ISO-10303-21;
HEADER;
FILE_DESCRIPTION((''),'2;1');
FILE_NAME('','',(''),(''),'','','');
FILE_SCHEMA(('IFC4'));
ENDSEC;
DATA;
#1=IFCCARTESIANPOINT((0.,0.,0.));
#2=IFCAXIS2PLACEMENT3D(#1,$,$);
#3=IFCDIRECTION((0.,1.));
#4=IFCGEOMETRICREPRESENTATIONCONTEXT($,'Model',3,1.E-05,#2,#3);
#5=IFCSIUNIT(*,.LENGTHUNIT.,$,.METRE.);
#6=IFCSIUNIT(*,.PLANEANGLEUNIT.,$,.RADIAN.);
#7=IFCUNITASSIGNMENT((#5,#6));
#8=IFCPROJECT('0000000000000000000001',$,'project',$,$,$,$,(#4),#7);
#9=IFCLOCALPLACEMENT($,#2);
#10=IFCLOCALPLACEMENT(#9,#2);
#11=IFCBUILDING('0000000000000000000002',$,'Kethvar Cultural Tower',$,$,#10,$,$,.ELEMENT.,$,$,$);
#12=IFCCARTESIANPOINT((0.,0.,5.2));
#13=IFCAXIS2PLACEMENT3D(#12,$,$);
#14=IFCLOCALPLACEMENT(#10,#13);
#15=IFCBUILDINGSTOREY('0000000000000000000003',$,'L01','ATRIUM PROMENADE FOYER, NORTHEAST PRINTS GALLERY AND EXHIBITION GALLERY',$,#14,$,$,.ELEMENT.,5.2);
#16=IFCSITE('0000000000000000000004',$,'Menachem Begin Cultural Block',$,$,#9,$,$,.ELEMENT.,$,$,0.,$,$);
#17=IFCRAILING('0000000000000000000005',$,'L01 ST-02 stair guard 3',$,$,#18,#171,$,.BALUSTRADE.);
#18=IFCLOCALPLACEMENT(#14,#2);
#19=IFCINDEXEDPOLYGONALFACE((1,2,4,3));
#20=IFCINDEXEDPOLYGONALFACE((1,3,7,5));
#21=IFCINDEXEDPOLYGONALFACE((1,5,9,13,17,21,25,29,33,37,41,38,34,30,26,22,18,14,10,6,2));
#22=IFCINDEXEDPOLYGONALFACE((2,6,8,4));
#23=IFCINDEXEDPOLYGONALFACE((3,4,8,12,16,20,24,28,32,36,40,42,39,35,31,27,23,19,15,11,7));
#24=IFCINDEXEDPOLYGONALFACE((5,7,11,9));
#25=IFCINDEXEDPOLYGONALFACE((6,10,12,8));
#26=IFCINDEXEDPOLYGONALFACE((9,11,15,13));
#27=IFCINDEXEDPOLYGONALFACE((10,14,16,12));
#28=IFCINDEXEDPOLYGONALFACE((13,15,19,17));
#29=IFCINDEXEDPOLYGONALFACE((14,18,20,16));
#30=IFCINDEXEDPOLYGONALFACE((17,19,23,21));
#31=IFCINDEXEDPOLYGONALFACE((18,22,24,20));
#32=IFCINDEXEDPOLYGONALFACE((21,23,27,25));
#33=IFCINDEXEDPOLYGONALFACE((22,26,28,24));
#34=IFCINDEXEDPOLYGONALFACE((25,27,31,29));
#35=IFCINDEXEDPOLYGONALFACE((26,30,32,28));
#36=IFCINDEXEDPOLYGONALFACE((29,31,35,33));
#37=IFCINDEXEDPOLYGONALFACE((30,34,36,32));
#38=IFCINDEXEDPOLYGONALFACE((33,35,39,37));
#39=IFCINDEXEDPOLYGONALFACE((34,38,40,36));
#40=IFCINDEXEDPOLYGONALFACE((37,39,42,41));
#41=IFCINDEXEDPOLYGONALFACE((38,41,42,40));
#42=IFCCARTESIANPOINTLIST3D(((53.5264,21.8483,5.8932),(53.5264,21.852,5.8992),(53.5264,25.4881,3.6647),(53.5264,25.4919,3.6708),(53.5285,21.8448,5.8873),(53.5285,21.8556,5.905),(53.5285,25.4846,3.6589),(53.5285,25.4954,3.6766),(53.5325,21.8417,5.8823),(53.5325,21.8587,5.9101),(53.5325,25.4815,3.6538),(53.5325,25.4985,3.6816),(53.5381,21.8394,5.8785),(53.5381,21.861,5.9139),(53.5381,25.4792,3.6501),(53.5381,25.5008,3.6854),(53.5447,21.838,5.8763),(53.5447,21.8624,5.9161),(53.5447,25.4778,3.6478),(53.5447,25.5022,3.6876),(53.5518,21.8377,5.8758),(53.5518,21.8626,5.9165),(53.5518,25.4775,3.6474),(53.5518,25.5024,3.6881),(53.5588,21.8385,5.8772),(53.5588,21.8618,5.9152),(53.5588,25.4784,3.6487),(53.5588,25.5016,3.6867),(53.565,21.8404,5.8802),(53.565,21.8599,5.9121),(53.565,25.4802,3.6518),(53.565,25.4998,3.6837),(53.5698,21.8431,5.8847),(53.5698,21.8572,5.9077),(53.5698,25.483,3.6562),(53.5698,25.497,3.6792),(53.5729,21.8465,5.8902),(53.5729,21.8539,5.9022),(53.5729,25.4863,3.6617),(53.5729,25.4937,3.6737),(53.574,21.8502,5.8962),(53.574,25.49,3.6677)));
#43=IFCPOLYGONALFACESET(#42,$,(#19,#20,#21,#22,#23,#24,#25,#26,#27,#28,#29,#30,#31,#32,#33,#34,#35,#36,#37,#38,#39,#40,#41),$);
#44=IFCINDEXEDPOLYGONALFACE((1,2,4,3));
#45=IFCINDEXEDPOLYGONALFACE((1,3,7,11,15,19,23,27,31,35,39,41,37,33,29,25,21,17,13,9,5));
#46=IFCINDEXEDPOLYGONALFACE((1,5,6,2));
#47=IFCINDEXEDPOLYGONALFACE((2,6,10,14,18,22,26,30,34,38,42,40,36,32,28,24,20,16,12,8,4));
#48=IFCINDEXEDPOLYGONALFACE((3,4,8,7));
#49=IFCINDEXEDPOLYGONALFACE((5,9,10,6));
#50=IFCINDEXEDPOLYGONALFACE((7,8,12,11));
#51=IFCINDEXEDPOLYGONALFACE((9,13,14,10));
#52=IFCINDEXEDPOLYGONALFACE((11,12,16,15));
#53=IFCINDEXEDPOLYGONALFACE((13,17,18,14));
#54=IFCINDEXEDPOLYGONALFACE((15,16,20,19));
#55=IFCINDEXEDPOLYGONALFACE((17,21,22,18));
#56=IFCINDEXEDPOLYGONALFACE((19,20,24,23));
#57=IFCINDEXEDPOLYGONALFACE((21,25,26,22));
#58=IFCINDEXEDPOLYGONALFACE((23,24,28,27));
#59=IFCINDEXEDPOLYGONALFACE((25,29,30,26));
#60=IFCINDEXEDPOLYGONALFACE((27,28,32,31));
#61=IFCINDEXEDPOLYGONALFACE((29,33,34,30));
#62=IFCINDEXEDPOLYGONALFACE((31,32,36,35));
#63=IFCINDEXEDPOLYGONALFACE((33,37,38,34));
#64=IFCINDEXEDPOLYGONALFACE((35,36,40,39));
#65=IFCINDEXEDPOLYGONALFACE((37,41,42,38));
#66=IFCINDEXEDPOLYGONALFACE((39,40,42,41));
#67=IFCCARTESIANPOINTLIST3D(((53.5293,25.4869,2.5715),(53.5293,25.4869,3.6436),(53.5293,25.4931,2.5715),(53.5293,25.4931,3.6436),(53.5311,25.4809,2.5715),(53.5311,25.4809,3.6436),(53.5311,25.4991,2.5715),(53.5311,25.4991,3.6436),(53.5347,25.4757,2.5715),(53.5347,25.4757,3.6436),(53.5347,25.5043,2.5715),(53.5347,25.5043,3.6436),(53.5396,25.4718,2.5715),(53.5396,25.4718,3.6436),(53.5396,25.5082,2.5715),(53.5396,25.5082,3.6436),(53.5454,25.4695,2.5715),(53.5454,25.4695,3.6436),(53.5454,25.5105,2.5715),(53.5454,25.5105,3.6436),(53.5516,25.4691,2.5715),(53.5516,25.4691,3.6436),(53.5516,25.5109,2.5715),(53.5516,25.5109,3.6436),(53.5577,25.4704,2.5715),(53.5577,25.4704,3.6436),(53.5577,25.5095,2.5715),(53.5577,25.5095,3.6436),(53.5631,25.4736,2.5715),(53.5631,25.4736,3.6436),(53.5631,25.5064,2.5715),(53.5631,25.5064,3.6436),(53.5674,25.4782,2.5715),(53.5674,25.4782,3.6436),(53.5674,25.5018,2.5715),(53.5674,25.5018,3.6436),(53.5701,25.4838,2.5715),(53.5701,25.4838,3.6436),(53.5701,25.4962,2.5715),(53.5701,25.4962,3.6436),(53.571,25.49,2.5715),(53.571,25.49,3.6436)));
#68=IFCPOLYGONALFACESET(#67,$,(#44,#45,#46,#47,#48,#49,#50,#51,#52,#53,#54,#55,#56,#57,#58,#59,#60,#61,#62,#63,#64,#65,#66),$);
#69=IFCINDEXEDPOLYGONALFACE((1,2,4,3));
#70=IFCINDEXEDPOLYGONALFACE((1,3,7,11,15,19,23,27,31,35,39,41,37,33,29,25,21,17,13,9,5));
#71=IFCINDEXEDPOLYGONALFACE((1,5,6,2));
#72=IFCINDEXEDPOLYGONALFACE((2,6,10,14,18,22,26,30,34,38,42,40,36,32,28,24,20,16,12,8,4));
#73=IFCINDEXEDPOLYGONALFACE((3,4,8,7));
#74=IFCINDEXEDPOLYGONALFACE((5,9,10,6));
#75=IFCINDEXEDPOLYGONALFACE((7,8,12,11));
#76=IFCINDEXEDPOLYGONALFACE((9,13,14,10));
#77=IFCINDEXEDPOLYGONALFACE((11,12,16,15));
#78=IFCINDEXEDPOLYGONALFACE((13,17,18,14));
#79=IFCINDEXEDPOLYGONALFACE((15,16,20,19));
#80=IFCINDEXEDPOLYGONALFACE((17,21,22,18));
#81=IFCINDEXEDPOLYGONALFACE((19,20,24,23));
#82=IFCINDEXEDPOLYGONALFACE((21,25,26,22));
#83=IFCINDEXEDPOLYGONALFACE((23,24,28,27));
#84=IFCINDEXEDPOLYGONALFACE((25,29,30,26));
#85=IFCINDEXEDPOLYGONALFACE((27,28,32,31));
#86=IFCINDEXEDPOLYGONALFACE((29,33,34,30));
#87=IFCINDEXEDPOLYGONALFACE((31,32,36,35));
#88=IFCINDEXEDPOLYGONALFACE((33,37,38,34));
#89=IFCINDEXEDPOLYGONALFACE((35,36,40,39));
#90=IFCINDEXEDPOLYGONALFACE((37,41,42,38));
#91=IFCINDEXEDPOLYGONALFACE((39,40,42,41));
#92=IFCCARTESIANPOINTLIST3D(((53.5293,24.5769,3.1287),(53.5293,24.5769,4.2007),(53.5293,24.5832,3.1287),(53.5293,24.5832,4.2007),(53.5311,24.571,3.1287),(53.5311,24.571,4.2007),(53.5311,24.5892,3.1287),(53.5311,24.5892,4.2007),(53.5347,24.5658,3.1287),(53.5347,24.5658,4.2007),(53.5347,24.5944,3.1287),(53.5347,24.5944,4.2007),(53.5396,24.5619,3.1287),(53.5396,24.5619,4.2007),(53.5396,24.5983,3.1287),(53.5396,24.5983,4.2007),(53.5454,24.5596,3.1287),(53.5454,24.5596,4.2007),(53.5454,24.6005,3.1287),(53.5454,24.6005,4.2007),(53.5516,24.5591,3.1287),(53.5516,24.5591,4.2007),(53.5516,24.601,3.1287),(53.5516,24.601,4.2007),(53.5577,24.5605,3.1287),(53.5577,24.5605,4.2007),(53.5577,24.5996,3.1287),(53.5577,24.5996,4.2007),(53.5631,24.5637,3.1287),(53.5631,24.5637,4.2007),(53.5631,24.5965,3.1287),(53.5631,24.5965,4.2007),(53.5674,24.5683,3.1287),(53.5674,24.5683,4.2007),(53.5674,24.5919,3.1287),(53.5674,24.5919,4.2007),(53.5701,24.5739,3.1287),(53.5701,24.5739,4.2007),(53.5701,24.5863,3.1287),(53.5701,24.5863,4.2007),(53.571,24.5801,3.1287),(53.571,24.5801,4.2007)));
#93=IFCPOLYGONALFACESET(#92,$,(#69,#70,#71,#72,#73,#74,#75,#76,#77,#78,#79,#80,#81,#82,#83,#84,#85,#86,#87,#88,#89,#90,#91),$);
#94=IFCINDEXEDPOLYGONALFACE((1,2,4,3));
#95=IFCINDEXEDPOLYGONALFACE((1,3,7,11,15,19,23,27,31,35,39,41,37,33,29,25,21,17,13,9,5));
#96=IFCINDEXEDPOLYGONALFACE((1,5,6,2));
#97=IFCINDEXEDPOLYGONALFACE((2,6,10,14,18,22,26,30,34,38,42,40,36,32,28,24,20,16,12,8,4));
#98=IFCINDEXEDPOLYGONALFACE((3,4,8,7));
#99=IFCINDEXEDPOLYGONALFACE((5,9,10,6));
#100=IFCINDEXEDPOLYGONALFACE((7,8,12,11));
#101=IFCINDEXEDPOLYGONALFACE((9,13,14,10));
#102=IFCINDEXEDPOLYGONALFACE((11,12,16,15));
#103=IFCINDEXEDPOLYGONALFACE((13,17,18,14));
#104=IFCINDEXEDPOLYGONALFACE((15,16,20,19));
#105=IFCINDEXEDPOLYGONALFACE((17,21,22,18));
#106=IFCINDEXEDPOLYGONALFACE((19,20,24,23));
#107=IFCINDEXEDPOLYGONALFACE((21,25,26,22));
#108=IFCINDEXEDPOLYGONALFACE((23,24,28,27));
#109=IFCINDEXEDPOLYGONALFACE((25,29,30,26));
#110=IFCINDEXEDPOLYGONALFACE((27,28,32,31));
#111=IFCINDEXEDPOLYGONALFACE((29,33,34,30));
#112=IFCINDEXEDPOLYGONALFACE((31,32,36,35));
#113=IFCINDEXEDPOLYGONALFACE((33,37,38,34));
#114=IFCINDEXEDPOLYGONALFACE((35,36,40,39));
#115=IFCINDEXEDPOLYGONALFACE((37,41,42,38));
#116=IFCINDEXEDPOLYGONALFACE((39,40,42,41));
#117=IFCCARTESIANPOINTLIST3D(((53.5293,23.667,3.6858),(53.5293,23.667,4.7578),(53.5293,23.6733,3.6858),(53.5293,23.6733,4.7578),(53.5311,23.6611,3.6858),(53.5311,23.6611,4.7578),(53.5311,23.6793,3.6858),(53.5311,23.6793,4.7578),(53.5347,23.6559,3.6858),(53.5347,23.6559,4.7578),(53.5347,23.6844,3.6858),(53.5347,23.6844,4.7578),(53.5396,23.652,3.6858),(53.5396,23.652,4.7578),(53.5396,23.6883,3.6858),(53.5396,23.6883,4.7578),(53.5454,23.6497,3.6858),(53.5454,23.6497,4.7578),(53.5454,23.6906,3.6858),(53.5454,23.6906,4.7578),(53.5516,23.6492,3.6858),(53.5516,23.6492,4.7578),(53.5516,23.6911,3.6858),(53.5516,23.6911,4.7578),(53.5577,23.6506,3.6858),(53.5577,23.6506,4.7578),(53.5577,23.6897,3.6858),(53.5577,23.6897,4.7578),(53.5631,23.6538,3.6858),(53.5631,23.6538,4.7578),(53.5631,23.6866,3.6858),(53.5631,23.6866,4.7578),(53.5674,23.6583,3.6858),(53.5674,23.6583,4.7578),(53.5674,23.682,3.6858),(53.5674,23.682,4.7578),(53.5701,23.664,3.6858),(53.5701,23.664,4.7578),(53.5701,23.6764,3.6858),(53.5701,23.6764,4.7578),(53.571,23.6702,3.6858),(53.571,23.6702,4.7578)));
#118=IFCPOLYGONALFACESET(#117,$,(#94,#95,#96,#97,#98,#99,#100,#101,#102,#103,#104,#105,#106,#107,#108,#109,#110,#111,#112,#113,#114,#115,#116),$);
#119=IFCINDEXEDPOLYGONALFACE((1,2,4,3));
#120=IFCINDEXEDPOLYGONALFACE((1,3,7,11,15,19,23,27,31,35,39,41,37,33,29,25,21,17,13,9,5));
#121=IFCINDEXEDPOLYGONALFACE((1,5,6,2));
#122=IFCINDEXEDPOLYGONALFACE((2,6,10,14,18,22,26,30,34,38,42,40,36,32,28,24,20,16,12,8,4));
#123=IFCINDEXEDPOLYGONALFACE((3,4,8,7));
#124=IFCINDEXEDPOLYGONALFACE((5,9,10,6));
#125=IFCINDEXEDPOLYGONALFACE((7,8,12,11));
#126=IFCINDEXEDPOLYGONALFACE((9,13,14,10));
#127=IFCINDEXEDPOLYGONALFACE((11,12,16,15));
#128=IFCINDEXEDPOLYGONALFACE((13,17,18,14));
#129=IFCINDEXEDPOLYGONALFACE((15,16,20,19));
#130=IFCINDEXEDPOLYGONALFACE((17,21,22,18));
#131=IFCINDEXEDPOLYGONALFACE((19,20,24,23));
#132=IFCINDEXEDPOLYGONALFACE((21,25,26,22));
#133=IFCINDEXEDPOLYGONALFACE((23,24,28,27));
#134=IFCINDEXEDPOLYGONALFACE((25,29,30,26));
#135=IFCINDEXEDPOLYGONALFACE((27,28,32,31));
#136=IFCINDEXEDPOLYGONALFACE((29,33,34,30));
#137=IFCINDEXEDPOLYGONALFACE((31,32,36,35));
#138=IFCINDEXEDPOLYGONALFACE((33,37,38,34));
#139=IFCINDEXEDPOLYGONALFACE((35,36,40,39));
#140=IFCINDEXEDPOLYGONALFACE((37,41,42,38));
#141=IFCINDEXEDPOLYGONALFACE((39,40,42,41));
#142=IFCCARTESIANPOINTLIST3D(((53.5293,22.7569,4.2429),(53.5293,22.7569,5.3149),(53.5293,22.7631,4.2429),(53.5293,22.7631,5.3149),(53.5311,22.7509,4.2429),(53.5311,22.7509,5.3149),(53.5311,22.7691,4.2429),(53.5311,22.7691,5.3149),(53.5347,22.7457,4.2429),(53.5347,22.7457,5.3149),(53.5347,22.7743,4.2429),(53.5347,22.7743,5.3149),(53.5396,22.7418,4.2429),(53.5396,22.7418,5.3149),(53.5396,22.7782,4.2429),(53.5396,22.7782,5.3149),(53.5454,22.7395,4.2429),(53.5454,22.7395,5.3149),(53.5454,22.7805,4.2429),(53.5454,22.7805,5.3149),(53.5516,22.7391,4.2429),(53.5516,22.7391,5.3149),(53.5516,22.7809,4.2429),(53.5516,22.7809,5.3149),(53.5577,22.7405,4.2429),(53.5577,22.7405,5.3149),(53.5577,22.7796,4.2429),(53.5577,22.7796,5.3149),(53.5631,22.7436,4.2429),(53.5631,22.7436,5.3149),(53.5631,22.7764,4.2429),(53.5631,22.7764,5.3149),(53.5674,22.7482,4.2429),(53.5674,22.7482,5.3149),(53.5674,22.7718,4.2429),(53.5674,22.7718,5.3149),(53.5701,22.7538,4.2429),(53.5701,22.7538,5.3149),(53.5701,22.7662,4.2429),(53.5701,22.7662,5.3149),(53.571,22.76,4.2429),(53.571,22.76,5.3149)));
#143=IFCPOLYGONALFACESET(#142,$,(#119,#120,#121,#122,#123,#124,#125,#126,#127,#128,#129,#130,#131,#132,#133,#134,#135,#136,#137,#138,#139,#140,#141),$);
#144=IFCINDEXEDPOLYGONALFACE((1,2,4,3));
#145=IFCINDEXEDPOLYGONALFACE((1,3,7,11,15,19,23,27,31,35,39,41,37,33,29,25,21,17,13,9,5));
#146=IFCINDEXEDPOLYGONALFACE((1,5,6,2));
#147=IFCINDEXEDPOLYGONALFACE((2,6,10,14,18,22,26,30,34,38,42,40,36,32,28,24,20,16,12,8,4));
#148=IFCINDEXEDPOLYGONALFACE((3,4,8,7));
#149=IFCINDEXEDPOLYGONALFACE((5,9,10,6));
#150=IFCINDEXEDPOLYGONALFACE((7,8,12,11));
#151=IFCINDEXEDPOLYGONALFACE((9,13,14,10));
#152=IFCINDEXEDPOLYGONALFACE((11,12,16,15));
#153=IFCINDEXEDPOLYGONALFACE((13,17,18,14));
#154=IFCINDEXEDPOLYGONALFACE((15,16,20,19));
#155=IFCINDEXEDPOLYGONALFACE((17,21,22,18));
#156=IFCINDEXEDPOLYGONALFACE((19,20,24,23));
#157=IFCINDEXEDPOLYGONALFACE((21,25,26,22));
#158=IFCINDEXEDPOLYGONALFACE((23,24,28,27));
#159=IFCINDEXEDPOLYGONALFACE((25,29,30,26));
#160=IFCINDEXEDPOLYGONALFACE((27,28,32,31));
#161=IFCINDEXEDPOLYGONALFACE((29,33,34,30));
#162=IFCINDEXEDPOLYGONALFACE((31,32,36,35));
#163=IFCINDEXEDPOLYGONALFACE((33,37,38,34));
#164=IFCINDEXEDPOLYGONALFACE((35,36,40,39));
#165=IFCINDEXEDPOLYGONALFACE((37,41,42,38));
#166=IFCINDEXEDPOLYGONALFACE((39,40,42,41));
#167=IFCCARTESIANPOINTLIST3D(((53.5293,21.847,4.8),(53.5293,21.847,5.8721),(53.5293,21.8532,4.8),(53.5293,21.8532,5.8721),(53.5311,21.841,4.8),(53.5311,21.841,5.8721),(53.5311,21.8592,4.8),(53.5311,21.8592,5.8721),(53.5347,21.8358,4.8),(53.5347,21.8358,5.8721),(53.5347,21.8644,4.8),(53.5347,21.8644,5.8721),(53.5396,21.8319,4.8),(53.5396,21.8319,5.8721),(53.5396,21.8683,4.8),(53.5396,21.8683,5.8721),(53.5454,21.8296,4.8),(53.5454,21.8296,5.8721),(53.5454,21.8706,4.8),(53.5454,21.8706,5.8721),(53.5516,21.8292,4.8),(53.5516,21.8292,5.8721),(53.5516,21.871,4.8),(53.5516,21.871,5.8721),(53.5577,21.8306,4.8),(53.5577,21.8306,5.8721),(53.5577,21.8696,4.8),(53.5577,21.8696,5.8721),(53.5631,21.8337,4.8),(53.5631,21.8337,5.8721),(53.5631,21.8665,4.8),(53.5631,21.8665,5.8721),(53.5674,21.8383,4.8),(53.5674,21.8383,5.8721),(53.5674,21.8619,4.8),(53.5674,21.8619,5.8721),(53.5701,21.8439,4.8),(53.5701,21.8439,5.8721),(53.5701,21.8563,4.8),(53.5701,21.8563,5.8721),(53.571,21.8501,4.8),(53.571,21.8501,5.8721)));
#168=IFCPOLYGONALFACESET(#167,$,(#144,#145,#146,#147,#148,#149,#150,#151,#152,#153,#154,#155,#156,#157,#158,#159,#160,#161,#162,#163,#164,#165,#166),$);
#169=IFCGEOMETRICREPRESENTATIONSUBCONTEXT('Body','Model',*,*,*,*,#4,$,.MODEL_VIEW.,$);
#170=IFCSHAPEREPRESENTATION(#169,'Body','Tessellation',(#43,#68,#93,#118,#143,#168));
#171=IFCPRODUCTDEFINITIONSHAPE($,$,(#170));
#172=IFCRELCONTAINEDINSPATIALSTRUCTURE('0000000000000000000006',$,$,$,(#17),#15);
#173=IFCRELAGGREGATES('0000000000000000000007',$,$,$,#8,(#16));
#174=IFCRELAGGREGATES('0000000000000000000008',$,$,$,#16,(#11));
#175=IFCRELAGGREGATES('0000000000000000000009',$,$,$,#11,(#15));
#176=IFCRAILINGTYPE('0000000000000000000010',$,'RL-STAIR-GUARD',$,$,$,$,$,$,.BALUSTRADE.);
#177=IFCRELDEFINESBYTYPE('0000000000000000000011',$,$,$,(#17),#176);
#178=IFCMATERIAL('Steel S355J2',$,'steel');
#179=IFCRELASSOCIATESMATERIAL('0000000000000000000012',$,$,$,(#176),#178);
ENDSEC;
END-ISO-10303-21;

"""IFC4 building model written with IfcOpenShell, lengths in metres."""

from ifc_helpers import new_model, si_unit, direction, frame, origin, origin_2d, place, context, subcontext, project, spatial, circle, extrude, material, type_object, element, save


model = new_model("IFC4")

# Units and contexts
model_context = context("Model", 3, precision=1e-05, world=origin(), true_north=direction((0.0, 1.0)))
body_context = subcontext(model_context, "Body", "Model", "MODEL_VIEW")
ifc_project = project(units=[si_unit("LENGTHUNIT", "METRE"), si_unit("PLANEANGLEUNIT", "RADIAN")], contexts=[model_context])

# Site, building, storey
site_placement = place(None, origin())
site = spatial("IfcSite", under=ifc_project, at=site_placement, Name="Menachem Begin Cultural Block", CompositionType="ELEMENT", RefElevation=0.0)
building_placement = place(site_placement, origin())
building = spatial("IfcBuilding", under=site, at=building_placement, Name="Kethvar Cultural Tower", CompositionType="ELEMENT")
storey_placement = place(building_placement, frame((0.0, 0.0, 5.2)))
storey = spatial("IfcBuildingStorey", under=building, at=storey_placement, Name="L01", Description="ATRIUM PROMENADE FOYER, NORTHEAST PRINTS GALLERY AND EXHIBITION GALLERY", CompositionType="ELEMENT", Elevation=5.2)

# Shared definitions
ifc_material_1 = material(Name="Steel S355J2", Category="steel")

# Railing
railing_type_1 = type_object("IfcRailingType", Name="RL-STAIR-GUARD", PredefinedType="BALUSTRADE", material=ifc_material_1)
railing_1_placement = place(storey_placement, frame((53.55, 25.49, 2.5715)))
element("IfcRailing", 1, at=railing_1_placement, inside=storey, type_object=railing_type_1, Name="L01 ST-02 stair guard 3", PredefinedType="BALUSTRADE", context=body_context, shape_type="SweptSolid", body=[
    extrude(circle(Radius=0.0239, at=origin_2d()), frame((0.0, 0.0, 1.0962), z_axis=(0.0, -0.85285, 0.522156), x_axis=(1.0, 0.0, 0.0)), (0.0, 0.0, 1.0), 4.2678),
    extrude(circle(Radius=0.021, at=origin_2d()), origin(), (0.0, 0.0, 1.0), 1.072),
    extrude(circle(Radius=0.021, at=origin_2d()), frame((0.0, -0.9099, 0.5571)), (0.0, 0.0, 1.0), 1.072),
    extrude(circle(Radius=0.021, at=origin_2d()), frame((0.0, -1.8198, 1.1143)), (0.0, 0.0, 1.0), 1.072),
    extrude(circle(Radius=0.021, at=origin_2d()), frame((0.0, -2.73, 1.6714)), (0.0, 0.0, 1.0), 1.072),
    extrude(circle(Radius=0.021, at=origin_2d()), frame((0.0, -3.6399, 2.2285)), (0.0, 0.0, 1.0), 1.072),
])

save(model, "model.ifc")
